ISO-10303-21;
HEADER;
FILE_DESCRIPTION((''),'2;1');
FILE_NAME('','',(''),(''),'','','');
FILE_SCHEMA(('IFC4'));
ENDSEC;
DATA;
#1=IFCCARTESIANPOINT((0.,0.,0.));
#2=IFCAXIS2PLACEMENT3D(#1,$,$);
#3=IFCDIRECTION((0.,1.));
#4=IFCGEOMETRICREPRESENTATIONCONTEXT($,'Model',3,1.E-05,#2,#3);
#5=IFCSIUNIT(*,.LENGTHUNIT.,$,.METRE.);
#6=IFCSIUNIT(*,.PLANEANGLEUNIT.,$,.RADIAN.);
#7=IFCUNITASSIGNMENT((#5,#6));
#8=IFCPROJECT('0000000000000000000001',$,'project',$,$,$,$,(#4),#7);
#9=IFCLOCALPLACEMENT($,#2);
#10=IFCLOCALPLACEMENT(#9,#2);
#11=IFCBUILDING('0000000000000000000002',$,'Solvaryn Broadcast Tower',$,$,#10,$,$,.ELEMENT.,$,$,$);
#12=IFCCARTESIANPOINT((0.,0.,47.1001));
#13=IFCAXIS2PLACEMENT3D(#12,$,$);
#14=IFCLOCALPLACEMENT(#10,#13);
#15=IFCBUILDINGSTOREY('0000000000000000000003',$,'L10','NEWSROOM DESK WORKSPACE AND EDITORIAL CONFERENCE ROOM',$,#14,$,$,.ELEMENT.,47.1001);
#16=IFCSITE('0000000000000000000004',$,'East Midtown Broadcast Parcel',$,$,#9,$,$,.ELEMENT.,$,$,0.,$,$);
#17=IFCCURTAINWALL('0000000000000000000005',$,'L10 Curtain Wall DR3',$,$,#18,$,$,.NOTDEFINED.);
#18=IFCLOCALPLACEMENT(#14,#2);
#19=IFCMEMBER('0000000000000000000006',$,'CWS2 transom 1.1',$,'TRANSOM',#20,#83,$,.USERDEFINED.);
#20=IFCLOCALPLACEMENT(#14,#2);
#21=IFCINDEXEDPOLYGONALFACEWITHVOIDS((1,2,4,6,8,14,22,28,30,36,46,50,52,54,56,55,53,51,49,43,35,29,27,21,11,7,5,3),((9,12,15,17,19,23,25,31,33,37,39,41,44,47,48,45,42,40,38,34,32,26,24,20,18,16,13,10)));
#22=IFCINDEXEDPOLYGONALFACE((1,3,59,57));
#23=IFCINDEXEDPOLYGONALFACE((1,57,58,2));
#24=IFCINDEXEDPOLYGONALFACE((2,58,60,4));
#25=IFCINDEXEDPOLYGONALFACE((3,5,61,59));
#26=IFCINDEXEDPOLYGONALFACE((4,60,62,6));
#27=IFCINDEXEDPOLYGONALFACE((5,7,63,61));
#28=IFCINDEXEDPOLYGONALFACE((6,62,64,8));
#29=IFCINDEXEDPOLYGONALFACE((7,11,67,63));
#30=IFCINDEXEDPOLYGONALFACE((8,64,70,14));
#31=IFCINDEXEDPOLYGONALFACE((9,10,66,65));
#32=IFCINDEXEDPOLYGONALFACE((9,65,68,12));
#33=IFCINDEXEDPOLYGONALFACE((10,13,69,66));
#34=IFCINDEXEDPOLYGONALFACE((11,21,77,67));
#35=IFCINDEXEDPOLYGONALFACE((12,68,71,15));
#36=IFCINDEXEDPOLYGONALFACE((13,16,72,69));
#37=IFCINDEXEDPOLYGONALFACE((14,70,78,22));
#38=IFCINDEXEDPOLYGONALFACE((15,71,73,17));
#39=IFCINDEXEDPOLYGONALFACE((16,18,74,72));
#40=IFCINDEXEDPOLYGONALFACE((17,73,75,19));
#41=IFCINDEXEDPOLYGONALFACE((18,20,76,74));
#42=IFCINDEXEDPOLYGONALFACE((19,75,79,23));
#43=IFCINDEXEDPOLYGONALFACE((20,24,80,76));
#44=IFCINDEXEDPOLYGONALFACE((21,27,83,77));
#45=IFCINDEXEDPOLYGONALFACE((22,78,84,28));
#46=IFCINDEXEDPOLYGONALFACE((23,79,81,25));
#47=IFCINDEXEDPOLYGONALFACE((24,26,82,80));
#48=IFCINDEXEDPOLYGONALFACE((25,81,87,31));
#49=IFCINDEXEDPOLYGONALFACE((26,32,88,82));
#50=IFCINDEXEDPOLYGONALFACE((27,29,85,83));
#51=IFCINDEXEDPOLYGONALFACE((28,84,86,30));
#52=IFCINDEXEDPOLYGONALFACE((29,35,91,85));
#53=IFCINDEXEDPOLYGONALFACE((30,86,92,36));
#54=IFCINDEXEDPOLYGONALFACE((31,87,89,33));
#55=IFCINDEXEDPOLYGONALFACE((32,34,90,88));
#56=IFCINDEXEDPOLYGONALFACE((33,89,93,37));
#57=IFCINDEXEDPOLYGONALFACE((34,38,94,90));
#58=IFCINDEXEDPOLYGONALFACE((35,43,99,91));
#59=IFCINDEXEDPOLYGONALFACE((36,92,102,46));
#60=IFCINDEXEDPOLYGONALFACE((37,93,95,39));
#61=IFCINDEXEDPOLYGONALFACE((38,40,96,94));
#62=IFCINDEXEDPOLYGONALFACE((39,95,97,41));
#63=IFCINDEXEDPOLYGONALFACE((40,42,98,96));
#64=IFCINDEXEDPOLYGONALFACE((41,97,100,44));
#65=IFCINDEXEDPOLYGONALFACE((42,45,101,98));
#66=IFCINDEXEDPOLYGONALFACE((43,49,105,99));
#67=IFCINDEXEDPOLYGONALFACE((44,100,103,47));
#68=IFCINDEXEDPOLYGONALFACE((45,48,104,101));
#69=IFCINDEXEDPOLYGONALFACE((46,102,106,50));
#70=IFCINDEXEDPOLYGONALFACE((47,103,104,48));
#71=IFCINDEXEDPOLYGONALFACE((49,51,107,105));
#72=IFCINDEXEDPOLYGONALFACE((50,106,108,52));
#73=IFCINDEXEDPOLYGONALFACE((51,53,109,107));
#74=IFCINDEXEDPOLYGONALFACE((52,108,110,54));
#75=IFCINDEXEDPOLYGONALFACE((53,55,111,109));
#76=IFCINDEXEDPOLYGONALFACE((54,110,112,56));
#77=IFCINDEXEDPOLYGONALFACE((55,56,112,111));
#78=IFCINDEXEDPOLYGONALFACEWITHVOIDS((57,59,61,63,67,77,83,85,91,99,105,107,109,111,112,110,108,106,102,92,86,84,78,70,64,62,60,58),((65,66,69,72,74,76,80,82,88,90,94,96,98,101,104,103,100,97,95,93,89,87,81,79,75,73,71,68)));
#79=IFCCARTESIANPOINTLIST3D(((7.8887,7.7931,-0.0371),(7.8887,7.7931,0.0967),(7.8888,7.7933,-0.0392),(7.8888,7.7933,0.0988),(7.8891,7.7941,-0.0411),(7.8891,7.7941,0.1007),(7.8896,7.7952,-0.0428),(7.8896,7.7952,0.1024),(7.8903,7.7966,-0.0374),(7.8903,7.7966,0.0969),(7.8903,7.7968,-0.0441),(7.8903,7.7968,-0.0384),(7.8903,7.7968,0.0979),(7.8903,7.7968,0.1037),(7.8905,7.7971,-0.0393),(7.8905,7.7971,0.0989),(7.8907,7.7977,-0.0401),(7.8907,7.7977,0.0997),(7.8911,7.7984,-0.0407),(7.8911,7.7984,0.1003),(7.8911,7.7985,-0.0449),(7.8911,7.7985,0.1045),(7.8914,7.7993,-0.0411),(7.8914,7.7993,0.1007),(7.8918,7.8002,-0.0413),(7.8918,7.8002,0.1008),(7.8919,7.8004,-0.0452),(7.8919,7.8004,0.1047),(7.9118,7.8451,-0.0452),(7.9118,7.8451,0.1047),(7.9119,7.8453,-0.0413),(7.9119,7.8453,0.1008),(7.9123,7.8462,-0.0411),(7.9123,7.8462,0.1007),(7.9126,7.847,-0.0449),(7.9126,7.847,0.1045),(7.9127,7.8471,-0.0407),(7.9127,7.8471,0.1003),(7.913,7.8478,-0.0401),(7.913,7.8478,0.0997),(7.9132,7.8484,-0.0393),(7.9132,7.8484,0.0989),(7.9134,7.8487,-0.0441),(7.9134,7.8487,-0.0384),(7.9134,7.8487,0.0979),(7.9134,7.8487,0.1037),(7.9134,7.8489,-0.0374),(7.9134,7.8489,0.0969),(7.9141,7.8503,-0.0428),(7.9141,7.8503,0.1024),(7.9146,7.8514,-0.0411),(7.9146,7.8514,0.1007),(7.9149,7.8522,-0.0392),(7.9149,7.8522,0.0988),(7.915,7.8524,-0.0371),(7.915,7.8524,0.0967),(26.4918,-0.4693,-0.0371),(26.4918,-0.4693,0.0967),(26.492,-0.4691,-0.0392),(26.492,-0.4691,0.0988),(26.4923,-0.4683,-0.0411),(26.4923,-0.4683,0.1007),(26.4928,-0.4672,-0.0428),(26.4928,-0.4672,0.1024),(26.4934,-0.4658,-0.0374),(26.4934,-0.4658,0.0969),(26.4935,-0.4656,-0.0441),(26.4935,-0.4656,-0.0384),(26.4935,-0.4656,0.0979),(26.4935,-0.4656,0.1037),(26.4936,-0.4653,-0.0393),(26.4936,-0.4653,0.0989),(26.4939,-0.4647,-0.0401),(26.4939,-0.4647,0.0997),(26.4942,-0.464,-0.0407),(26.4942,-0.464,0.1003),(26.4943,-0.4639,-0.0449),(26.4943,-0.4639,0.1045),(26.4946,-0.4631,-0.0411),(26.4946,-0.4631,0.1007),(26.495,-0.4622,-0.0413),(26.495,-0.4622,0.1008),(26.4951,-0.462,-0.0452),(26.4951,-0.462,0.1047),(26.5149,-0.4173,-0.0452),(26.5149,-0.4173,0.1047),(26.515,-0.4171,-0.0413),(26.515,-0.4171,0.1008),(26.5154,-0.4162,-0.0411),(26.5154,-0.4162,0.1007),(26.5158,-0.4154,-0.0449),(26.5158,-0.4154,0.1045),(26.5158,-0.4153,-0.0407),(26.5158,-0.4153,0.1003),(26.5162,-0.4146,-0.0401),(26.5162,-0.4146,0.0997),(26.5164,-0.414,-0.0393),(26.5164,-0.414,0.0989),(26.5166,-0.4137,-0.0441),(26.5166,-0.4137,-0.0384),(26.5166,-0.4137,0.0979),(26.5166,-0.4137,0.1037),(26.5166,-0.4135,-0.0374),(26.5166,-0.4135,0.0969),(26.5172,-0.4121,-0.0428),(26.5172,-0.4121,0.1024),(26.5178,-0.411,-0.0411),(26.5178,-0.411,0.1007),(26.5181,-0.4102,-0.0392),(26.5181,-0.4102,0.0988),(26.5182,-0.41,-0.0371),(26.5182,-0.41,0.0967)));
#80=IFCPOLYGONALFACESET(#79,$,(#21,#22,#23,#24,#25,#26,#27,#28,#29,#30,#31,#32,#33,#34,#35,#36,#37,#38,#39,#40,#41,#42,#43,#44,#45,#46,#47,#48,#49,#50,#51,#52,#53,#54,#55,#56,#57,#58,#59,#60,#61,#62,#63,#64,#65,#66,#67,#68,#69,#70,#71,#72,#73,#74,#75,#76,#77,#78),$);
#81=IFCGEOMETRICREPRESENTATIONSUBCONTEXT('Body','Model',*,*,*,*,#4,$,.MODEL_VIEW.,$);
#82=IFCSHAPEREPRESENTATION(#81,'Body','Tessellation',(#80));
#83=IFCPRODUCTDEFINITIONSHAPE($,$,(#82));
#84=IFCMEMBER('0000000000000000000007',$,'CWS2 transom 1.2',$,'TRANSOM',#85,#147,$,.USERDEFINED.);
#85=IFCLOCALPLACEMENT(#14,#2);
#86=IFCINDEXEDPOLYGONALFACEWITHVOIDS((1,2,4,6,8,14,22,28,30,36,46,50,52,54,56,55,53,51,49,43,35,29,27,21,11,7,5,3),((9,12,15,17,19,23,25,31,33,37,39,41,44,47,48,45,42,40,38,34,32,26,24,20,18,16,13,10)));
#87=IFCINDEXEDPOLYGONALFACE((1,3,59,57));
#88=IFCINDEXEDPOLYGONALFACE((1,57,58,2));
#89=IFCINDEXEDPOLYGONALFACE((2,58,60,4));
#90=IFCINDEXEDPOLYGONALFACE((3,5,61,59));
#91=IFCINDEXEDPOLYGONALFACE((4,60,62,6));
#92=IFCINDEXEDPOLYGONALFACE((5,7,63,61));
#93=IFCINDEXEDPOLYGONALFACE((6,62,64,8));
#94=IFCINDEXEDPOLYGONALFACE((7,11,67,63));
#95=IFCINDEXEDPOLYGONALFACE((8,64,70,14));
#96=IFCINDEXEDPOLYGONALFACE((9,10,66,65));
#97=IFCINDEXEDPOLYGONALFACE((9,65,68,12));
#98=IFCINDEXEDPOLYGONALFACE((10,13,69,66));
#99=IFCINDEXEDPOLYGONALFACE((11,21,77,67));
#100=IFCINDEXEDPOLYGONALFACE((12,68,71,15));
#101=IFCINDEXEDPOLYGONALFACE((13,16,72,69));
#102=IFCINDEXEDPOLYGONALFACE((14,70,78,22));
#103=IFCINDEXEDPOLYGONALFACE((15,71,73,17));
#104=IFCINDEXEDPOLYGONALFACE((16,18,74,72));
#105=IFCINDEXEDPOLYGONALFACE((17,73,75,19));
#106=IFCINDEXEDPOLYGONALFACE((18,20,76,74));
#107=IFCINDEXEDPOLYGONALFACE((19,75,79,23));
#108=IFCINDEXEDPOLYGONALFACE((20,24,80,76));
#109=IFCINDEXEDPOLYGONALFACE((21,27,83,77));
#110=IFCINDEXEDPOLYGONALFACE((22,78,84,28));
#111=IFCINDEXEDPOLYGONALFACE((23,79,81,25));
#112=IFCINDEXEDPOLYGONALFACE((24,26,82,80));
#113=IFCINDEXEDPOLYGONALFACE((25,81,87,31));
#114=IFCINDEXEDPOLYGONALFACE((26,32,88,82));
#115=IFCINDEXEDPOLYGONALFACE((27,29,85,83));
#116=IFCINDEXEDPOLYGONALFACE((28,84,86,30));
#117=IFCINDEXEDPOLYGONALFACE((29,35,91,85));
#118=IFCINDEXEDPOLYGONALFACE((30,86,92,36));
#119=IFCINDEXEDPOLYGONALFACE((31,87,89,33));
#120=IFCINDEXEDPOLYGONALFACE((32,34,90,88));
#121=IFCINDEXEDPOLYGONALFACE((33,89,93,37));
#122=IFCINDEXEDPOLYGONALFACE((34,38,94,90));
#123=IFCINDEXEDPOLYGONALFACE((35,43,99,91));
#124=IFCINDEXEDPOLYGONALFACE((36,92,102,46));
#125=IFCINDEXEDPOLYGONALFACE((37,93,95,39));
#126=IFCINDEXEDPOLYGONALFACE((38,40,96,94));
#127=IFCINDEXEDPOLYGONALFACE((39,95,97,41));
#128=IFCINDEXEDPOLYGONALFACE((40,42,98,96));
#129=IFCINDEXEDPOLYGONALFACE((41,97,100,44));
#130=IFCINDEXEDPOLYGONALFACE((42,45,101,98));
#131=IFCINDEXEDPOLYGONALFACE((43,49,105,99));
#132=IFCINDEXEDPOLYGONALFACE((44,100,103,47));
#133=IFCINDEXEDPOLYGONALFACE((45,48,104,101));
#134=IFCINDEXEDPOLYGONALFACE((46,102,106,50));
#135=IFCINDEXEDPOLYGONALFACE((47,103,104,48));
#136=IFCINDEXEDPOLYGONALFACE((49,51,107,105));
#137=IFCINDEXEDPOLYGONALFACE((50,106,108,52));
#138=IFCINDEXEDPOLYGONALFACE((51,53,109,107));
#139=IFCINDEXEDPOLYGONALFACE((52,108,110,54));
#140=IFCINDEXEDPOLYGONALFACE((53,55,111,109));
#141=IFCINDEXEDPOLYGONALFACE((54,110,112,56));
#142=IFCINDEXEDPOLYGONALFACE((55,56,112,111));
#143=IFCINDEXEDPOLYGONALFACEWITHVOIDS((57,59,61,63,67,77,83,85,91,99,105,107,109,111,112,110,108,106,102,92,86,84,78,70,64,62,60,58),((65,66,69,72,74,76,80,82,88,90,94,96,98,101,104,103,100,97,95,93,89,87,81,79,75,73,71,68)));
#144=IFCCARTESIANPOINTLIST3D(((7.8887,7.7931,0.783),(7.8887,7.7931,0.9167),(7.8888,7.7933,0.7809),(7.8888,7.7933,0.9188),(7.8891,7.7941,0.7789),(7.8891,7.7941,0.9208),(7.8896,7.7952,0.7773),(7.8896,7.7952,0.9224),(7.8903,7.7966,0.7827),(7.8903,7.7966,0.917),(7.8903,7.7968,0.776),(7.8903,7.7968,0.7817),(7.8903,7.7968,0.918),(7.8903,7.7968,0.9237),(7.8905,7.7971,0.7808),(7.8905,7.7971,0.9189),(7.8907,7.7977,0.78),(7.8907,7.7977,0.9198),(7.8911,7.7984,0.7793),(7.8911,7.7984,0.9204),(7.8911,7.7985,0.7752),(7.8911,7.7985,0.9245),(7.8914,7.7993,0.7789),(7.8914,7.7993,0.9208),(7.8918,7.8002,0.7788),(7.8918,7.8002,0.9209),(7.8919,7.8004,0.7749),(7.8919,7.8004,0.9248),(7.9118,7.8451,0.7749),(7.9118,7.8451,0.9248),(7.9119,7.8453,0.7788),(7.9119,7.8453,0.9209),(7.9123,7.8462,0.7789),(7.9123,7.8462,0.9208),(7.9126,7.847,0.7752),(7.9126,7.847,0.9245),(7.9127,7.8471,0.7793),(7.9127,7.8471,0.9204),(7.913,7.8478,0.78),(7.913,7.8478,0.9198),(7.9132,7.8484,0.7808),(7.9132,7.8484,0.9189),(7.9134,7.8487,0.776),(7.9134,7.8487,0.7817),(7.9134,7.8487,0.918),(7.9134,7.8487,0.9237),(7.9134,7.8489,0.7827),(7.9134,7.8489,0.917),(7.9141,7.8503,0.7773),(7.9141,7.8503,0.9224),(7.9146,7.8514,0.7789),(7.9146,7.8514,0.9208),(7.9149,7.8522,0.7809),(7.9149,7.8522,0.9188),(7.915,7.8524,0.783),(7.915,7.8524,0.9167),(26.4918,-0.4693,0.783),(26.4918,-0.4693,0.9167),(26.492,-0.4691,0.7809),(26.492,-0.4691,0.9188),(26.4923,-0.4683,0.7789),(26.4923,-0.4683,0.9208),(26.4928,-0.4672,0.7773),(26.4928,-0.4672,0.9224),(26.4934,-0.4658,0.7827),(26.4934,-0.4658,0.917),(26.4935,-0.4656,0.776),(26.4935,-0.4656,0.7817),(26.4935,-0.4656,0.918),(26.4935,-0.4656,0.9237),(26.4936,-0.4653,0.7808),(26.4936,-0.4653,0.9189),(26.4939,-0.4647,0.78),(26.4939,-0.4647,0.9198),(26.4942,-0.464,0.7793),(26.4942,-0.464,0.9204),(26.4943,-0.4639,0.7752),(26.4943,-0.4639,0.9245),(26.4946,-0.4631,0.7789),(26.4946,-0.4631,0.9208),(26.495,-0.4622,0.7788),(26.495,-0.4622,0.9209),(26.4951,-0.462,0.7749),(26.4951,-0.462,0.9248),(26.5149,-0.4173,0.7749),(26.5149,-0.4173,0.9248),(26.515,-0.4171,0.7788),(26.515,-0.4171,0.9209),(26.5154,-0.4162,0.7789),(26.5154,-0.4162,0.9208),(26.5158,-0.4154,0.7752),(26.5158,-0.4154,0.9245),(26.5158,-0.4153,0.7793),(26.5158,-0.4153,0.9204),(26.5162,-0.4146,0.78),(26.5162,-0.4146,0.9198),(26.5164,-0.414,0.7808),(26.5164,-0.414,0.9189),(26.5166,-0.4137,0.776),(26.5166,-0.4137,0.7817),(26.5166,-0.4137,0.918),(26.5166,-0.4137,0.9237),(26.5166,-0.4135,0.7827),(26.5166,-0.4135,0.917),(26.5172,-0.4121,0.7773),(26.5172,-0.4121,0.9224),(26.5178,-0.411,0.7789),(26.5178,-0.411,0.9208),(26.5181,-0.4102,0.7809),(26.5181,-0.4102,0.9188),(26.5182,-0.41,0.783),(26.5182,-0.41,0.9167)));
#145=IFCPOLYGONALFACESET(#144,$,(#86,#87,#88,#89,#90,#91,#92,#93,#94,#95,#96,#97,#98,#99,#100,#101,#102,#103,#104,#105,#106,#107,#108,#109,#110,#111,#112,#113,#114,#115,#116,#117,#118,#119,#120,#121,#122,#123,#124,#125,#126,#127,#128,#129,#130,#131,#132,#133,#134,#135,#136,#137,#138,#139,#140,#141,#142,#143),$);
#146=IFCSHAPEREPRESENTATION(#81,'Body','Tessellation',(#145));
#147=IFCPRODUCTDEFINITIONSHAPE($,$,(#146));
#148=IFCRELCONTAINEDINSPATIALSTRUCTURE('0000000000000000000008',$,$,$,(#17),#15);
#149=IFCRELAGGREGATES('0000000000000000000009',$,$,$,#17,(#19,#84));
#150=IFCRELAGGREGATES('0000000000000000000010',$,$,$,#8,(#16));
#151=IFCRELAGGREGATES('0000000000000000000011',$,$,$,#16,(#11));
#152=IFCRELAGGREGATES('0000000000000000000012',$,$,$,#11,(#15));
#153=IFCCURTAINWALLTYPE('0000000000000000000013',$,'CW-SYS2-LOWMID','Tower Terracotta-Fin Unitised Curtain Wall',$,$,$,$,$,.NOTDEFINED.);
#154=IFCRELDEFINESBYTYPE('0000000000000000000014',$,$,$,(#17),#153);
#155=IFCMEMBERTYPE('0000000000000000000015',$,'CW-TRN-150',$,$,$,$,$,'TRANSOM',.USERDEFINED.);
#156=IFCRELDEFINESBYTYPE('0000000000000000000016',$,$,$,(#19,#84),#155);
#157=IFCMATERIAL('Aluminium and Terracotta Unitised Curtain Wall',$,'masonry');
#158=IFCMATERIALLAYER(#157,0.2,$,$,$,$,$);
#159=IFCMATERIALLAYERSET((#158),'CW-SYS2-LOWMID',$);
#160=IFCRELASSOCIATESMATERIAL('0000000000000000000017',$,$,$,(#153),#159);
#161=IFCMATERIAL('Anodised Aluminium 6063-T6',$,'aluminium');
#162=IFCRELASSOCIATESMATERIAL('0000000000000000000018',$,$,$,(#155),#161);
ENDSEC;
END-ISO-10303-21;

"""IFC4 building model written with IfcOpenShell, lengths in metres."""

from ifc_helpers import new_model, si_unit, direction, frame, origin, origin_2d, place, context, subcontext, project, spatial, hollow_rectangle, extrude, material, layer, layer_set, material_profile, profile_set, type_object, element, aggregate, save


model = new_model("IFC4")

# Units and contexts
model_context = context("Model", 3, precision=1e-05, world=origin(), true_north=direction((0.0, 1.0)))
body_context = subcontext(model_context, "Body", "Model", "MODEL_VIEW")
ifc_project = project(units=[si_unit("LENGTHUNIT", "METRE"), si_unit("PLANEANGLEUNIT", "RADIAN")], contexts=[model_context])

# Site, building, storey
site_placement = place(None, origin())
site = spatial("IfcSite", under=ifc_project, at=site_placement, Name="East Midtown Broadcast Parcel", CompositionType="ELEMENT", RefElevation=0.0)
building_placement = place(site_placement, origin())
building = spatial("IfcBuilding", under=site, at=building_placement, Name="Solvaryn Broadcast Tower", CompositionType="ELEMENT")
storey_placement = place(building_placement, frame((0.0, 0.0, 47.1001)))
storey = spatial("IfcBuildingStorey", under=building, at=storey_placement, Name="L10", Description="NEWSROOM DESK WORKSPACE AND EDITORIAL CONFERENCE ROOM", CompositionType="ELEMENT", Elevation=47.1001)

# Curtain wall, members
ifc_material_1 = material(Name="Aluminium and Terracotta Unitised Curtain Wall", Category="masonry")
ifc_layer_1 = layer(ifc_material_1, 0.2)
ifc_layer_set_1 = layer_set([ifc_layer_1], Name="CW-SYS2-LOWMID")
curtain_wall_type_1 = type_object("IfcCurtainWallType", Name="CW-SYS2-LOWMID", Description="Tower Terracotta-Fin Unitised Curtain Wall", PredefinedType="NOTDEFINED", material=ifc_layer_set_1)
curtain_wall_1_placement = place(storey_placement, origin())
curtain_wall_1 = element("IfcCurtainWall", 1, at=curtain_wall_1_placement, inside=storey, type_object=curtain_wall_type_1, Name="L10 Curtain Wall DR3", PredefinedType="NOTDEFINED")
ifc_material_2 = material(Name="Anodised Aluminium 6063-T6", Category="aluminium")
ifc_material_profile_1 = material_profile(ifc_material_2, hollow_rectangle(XDim=0.0649, YDim=0.1499, WallThickness=0.0039, InnerFilletRadius=0.0039, OuterFilletRadius=0.0081, at=origin_2d()))
ifc_profile_set_1 = profile_set([ifc_material_profile_1], Name="Anodised Aluminium 6063-T6")
member_type_1 = type_object("IfcMemberType", Name="CW-TRN-150", ElementType="TRANSOM", PredefinedType="USERDEFINED", material=ifc_profile_set_1)
member_1_placement = place(storey_placement, frame((7.9019, 7.8228, 0.0298), z_axis=(0.913915, -0.405906, 0.0), x_axis=(0.405906, 0.913915, 0.0)))
member_1 = element("IfcMember", 2, at=member_1_placement, type_object=member_type_1, Name="CWS2 transom 1.1", ObjectType="TRANSOM", PredefinedType="USERDEFINED", context=body_context, shape_type="SweptSolid", body=[
    extrude(hollow_rectangle(XDim=0.0649, YDim=0.1499, WallThickness=0.0039, InnerFilletRadius=0.0039, OuterFilletRadius=0.0081, at=origin_2d()), origin(), (0.0, 0.0, 1.0), 20.3555),
])
member_2_placement = place(storey_placement, frame((7.9019, 7.8228, 0.8499), z_axis=(0.913915, -0.405906, 0.0), x_axis=(0.405906, 0.913915, 0.0)))
member_2 = element("IfcMember", 3, at=member_2_placement, type_object=member_type_1, Name="CWS2 transom 1.2", ObjectType="TRANSOM", PredefinedType="USERDEFINED", context=body_context, shape_type="SweptSolid", body=[
    extrude(hollow_rectangle(XDim=0.0649, YDim=0.1499, WallThickness=0.0039, InnerFilletRadius=0.0039, OuterFilletRadius=0.0081, at=origin_2d()), origin(), (0.0, 0.0, 1.0), 20.3555),
])
aggregate(curtain_wall_1, [member_1, member_2])

save(model, "model.ifc")
